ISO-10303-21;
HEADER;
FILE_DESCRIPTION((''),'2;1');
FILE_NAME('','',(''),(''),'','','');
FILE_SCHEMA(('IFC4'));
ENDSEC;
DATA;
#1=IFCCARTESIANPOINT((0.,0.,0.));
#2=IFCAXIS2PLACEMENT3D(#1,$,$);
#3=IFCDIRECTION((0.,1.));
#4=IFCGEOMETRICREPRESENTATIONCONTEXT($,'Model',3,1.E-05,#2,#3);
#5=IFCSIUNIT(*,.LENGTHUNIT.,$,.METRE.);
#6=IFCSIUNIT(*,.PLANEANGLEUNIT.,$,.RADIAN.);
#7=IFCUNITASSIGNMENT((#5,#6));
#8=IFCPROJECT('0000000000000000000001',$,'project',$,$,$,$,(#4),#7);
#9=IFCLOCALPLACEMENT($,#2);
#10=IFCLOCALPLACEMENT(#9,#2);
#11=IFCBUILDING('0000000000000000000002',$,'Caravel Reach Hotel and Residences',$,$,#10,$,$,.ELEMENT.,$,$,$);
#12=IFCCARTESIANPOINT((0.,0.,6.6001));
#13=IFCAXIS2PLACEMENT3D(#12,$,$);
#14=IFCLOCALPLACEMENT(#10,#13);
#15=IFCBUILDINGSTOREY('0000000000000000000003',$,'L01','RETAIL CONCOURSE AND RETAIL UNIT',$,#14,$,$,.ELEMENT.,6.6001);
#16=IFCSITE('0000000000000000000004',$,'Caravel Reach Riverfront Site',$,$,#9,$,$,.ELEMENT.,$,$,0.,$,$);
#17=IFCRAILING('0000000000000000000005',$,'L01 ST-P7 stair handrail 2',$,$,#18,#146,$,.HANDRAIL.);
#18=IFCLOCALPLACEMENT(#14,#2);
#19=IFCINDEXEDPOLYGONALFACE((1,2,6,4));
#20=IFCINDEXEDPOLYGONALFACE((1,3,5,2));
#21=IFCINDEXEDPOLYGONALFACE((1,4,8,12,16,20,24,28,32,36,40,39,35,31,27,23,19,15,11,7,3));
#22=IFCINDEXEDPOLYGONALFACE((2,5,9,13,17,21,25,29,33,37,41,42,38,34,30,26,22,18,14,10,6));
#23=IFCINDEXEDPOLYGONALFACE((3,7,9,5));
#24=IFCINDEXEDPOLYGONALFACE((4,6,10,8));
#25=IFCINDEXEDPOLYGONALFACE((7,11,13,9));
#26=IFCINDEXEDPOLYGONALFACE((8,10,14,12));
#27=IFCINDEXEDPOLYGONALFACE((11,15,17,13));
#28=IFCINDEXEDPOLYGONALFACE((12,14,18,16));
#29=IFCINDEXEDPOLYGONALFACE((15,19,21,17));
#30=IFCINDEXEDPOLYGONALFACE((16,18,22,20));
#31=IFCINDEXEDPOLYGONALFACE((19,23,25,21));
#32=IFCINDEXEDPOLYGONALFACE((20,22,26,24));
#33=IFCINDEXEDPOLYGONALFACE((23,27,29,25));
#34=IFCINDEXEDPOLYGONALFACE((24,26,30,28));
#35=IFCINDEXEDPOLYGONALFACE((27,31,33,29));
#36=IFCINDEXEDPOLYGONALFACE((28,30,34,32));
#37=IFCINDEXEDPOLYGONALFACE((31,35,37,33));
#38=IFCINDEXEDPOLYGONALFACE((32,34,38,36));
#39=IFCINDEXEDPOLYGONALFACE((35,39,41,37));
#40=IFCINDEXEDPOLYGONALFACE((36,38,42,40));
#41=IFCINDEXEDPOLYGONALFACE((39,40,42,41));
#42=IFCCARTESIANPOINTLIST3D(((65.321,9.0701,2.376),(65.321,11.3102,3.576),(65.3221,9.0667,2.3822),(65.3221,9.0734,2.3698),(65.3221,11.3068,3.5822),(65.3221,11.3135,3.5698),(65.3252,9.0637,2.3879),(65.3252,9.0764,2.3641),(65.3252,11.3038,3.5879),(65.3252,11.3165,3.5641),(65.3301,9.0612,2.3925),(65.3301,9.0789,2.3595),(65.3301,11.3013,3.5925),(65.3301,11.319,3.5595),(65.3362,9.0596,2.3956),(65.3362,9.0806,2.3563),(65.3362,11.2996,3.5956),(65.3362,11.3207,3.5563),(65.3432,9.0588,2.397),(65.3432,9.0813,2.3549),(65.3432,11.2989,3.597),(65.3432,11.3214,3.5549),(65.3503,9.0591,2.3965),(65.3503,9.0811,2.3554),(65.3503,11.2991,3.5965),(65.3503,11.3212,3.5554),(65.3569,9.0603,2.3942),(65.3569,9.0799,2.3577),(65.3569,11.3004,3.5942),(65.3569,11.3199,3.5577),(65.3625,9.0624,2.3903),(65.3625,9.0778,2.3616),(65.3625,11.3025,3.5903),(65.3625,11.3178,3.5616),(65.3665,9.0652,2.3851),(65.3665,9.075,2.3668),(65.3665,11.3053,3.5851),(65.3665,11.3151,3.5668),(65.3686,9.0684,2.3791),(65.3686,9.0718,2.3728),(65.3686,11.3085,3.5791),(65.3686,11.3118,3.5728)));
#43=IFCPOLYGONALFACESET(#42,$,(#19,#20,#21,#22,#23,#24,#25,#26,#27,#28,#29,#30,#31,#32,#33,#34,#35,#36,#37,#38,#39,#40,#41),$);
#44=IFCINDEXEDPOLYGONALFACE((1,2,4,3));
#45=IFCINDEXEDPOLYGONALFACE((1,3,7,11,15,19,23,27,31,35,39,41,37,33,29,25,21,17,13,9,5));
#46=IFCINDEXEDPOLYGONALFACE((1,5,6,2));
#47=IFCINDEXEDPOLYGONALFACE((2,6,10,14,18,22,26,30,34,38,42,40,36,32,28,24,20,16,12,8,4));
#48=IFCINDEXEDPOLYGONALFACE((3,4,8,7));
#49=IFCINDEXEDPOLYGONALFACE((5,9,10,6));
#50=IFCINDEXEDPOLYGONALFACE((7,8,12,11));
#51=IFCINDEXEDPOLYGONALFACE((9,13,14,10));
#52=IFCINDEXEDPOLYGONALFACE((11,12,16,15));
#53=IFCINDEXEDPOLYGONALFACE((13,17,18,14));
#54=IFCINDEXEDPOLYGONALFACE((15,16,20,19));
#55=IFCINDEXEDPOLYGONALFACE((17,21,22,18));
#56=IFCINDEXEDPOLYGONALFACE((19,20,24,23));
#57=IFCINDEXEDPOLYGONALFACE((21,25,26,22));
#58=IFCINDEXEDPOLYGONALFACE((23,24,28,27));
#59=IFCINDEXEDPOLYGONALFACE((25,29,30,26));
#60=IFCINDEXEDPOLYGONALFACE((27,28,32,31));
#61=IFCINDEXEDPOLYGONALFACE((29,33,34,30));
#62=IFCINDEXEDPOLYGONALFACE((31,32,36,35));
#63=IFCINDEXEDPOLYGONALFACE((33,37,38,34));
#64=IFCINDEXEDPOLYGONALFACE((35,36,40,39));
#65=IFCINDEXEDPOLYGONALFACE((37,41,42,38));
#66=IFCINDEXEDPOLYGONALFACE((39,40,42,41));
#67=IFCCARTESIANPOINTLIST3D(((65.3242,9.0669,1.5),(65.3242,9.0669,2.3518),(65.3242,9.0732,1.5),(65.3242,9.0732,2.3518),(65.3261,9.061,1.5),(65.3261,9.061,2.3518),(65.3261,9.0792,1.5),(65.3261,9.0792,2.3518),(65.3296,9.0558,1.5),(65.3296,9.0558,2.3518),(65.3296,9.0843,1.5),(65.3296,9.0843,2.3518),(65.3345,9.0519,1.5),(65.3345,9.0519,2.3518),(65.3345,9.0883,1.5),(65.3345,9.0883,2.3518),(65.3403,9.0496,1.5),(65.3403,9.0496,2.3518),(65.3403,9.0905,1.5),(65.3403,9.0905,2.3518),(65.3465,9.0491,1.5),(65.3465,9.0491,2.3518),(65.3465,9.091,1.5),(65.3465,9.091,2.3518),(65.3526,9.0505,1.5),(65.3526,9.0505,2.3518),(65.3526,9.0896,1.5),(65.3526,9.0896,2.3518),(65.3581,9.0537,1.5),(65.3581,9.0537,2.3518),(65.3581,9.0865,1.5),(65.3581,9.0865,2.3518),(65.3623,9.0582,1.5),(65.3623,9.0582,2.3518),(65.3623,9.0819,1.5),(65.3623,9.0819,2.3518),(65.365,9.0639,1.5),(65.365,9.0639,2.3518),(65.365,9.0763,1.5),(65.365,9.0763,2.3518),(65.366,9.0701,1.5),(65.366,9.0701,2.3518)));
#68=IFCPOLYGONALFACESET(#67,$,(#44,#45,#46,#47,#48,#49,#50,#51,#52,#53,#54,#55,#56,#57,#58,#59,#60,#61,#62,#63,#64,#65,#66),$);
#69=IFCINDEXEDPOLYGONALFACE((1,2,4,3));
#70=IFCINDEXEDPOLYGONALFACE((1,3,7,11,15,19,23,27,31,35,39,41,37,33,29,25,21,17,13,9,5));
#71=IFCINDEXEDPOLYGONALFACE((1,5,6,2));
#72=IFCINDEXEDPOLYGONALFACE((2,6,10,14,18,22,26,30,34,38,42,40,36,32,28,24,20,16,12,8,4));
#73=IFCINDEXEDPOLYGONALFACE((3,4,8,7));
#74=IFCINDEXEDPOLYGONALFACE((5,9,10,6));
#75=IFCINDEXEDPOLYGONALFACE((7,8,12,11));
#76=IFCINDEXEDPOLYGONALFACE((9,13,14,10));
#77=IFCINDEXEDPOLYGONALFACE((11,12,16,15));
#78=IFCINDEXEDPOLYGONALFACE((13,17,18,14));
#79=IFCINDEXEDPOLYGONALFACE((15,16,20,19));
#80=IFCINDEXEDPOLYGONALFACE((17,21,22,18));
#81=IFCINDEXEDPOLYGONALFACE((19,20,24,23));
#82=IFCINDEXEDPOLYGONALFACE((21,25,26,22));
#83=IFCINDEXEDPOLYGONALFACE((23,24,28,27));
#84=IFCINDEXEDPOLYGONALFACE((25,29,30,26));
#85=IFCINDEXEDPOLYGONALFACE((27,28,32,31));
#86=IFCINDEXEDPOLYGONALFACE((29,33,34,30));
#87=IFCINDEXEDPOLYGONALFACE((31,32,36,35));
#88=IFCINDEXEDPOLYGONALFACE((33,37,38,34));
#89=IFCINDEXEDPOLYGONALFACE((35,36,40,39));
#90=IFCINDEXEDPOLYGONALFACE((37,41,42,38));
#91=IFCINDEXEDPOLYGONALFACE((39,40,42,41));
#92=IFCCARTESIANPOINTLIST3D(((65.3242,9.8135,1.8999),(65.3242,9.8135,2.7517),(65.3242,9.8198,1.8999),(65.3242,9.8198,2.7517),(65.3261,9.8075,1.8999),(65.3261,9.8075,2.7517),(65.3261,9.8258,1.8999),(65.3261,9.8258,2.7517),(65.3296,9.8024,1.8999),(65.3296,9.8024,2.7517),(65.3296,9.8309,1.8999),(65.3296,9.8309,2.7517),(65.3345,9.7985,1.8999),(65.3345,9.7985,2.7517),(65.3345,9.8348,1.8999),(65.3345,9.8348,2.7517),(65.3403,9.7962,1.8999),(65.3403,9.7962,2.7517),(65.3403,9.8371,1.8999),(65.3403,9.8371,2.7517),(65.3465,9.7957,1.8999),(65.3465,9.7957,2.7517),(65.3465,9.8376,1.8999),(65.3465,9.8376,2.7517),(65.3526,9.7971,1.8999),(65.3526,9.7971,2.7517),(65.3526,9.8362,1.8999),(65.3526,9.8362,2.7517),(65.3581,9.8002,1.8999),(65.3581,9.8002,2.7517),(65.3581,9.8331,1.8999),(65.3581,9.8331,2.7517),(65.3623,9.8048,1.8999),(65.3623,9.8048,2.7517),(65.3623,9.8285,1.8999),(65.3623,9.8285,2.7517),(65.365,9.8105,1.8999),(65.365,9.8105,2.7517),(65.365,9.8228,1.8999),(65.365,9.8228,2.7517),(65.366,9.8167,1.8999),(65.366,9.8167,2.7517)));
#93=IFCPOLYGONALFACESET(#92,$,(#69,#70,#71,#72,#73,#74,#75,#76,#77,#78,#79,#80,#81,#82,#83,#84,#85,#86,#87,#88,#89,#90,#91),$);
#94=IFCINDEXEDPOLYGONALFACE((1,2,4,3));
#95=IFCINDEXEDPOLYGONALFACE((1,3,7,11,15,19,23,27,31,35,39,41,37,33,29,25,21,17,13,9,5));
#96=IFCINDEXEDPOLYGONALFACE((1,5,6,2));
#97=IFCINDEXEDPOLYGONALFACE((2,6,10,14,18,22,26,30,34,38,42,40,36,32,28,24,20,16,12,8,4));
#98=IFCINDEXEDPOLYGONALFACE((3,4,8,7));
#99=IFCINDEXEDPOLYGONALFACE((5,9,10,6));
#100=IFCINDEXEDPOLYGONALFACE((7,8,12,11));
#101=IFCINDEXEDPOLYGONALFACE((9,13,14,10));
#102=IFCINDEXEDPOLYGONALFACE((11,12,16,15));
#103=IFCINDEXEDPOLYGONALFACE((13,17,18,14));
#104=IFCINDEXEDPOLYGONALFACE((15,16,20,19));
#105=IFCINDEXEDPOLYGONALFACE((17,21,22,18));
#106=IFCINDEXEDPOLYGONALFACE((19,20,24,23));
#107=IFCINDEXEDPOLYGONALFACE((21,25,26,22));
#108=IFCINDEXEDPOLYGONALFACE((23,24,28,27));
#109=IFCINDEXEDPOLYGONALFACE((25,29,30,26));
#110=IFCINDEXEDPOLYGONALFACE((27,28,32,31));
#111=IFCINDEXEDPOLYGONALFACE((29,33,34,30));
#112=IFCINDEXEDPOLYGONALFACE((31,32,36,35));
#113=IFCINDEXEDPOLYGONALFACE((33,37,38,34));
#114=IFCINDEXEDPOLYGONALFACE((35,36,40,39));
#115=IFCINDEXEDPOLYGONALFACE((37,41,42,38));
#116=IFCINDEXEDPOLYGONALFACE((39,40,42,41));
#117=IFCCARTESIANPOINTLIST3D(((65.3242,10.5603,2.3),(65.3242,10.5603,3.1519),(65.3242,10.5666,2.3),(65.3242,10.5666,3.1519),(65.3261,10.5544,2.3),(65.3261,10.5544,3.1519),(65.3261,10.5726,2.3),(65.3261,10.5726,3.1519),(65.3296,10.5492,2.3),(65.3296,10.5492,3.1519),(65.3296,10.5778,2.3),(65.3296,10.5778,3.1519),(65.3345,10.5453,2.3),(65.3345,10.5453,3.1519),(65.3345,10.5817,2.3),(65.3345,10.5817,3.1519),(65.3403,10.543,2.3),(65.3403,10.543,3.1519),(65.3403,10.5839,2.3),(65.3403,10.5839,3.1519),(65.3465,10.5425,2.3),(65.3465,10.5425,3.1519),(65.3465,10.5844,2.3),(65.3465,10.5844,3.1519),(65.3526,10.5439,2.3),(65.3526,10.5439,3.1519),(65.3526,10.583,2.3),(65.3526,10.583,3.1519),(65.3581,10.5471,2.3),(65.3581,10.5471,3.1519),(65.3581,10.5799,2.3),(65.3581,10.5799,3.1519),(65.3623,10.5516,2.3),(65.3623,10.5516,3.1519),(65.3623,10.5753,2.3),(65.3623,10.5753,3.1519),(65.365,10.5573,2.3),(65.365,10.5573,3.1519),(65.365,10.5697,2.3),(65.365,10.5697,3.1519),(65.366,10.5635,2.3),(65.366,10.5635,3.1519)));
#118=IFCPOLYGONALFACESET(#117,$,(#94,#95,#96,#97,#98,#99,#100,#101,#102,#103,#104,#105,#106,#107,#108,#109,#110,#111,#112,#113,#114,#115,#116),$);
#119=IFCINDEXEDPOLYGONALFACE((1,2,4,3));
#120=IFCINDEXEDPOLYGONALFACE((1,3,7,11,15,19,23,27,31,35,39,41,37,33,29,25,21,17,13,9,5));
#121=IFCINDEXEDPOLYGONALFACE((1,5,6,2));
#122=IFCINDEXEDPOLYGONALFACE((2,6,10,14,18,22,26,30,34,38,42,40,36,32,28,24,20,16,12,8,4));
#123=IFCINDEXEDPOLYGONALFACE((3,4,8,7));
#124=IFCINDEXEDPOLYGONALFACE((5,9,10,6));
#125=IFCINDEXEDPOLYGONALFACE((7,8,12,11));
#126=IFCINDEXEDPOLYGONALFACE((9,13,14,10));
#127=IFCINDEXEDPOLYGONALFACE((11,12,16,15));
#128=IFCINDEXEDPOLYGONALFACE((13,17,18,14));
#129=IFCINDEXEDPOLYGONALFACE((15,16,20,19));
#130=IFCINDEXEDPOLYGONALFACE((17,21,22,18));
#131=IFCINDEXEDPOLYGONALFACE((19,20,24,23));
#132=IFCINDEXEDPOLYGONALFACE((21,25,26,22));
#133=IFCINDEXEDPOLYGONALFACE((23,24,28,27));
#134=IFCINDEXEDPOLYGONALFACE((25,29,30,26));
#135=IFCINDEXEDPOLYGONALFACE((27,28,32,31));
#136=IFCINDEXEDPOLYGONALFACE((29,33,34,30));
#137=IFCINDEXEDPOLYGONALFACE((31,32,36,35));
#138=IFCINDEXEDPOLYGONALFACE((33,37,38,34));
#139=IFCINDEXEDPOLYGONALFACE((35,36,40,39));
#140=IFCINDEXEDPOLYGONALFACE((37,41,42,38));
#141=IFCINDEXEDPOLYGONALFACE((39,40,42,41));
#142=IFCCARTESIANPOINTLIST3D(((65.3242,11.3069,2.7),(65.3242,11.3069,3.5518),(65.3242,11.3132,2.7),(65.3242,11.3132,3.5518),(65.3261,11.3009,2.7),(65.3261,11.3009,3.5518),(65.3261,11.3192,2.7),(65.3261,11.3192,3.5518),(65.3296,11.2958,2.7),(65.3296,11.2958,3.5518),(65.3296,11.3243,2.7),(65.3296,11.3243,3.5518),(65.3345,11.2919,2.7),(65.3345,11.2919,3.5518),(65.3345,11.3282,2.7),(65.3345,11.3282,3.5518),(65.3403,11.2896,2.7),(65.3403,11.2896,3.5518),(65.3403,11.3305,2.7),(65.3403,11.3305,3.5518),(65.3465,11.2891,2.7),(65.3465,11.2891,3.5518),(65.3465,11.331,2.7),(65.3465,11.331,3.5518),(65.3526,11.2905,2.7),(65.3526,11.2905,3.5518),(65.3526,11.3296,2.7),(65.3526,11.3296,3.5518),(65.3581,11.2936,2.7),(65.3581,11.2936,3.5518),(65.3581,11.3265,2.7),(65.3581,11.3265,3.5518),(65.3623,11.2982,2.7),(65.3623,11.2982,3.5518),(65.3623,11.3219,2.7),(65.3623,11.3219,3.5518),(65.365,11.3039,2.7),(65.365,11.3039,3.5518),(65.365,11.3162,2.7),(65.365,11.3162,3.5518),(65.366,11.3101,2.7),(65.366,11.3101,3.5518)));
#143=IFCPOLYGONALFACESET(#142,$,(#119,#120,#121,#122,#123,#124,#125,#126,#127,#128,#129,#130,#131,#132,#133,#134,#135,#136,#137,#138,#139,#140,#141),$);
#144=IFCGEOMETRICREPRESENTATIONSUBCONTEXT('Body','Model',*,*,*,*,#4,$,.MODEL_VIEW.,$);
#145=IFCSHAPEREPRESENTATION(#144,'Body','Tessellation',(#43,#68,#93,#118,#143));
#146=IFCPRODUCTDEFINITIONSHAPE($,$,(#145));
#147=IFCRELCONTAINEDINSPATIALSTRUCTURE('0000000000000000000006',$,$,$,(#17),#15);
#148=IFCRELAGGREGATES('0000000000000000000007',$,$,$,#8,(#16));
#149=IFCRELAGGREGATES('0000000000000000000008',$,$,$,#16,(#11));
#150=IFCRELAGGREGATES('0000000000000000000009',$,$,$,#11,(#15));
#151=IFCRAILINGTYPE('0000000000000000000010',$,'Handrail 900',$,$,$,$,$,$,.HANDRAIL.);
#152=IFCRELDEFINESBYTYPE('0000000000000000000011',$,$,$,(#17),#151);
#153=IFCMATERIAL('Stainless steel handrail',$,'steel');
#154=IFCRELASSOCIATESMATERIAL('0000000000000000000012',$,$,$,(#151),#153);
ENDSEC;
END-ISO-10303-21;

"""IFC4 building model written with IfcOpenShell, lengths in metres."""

from ifc_helpers import new_model, si_unit, direction, frame, origin, origin_2d, place, context, subcontext, project, spatial, circle, extrude, material, type_object, element, save


model = new_model("IFC4")

# Units and contexts
model_context = context("Model", 3, precision=1e-05, world=origin(), true_north=direction((0.0, 1.0)))
body_context = subcontext(model_context, "Body", "Model", "MODEL_VIEW")
ifc_project = project(units=[si_unit("LENGTHUNIT", "METRE"), si_unit("PLANEANGLEUNIT", "RADIAN")], contexts=[model_context])

# Site, building, storey
site_placement = place(None, origin())
site = spatial("IfcSite", under=ifc_project, at=site_placement, Name="Caravel Reach Riverfront Site", CompositionType="ELEMENT", RefElevation=0.0)
building_placement = place(site_placement, origin())
building = spatial("IfcBuilding", under=site, at=building_placement, Name="Caravel Reach Hotel and Residences", CompositionType="ELEMENT")
storey_placement = place(building_placement, frame((0.0, 0.0, 6.6001)))
storey = spatial("IfcBuildingStorey", under=building, at=storey_placement, Name="L01", Description="RETAIL CONCOURSE AND RETAIL UNIT", CompositionType="ELEMENT", Elevation=6.6001)

# Railing
ifc_material_1 = material(Name="Stainless steel handrail", Category="steel")
railing_type_1 = type_object("IfcRailingType", Name="Handrail 900", PredefinedType="HANDRAIL", material=ifc_material_1)
for number, where, name in (
    (1, (65.345, 9.0701, 1.5), "L01 ST-P7 stair handrail 2"),
):
    element("IfcRailing", number, at=place(storey_placement, frame(where)), inside=storey, type_object=railing_type_1, Name=name, PredefinedType="HANDRAIL", context=body_context, shape_type="SweptSolid", body=[
        extrude(circle(Radius=0.0239, at=origin_2d()), frame((0.0, 0.0, 0.876), z_axis=(0.0, 0.881487, 0.472208), x_axis=(-1.0, 0.0, 0.0)), (0.0, 0.0, 1.0), 2.5413),
        extrude(circle(Radius=0.021, at=origin_2d()), origin(), (0.0, 0.0, 1.0), 0.8518),
        extrude(circle(Radius=0.021, at=origin_2d()), frame((0.0, 0.7466, 0.3999)), (0.0, 0.0, 1.0), 0.8518),
        extrude(circle(Radius=0.021, at=origin_2d()), frame((0.0, 1.4934, 0.8)), (0.0, 0.0, 1.0), 0.8518),
        extrude(circle(Radius=0.021, at=origin_2d()), frame((0.0, 2.24, 1.2)), (0.0, 0.0, 1.0), 0.8518),
    ])

save(model, "model.ifc")
